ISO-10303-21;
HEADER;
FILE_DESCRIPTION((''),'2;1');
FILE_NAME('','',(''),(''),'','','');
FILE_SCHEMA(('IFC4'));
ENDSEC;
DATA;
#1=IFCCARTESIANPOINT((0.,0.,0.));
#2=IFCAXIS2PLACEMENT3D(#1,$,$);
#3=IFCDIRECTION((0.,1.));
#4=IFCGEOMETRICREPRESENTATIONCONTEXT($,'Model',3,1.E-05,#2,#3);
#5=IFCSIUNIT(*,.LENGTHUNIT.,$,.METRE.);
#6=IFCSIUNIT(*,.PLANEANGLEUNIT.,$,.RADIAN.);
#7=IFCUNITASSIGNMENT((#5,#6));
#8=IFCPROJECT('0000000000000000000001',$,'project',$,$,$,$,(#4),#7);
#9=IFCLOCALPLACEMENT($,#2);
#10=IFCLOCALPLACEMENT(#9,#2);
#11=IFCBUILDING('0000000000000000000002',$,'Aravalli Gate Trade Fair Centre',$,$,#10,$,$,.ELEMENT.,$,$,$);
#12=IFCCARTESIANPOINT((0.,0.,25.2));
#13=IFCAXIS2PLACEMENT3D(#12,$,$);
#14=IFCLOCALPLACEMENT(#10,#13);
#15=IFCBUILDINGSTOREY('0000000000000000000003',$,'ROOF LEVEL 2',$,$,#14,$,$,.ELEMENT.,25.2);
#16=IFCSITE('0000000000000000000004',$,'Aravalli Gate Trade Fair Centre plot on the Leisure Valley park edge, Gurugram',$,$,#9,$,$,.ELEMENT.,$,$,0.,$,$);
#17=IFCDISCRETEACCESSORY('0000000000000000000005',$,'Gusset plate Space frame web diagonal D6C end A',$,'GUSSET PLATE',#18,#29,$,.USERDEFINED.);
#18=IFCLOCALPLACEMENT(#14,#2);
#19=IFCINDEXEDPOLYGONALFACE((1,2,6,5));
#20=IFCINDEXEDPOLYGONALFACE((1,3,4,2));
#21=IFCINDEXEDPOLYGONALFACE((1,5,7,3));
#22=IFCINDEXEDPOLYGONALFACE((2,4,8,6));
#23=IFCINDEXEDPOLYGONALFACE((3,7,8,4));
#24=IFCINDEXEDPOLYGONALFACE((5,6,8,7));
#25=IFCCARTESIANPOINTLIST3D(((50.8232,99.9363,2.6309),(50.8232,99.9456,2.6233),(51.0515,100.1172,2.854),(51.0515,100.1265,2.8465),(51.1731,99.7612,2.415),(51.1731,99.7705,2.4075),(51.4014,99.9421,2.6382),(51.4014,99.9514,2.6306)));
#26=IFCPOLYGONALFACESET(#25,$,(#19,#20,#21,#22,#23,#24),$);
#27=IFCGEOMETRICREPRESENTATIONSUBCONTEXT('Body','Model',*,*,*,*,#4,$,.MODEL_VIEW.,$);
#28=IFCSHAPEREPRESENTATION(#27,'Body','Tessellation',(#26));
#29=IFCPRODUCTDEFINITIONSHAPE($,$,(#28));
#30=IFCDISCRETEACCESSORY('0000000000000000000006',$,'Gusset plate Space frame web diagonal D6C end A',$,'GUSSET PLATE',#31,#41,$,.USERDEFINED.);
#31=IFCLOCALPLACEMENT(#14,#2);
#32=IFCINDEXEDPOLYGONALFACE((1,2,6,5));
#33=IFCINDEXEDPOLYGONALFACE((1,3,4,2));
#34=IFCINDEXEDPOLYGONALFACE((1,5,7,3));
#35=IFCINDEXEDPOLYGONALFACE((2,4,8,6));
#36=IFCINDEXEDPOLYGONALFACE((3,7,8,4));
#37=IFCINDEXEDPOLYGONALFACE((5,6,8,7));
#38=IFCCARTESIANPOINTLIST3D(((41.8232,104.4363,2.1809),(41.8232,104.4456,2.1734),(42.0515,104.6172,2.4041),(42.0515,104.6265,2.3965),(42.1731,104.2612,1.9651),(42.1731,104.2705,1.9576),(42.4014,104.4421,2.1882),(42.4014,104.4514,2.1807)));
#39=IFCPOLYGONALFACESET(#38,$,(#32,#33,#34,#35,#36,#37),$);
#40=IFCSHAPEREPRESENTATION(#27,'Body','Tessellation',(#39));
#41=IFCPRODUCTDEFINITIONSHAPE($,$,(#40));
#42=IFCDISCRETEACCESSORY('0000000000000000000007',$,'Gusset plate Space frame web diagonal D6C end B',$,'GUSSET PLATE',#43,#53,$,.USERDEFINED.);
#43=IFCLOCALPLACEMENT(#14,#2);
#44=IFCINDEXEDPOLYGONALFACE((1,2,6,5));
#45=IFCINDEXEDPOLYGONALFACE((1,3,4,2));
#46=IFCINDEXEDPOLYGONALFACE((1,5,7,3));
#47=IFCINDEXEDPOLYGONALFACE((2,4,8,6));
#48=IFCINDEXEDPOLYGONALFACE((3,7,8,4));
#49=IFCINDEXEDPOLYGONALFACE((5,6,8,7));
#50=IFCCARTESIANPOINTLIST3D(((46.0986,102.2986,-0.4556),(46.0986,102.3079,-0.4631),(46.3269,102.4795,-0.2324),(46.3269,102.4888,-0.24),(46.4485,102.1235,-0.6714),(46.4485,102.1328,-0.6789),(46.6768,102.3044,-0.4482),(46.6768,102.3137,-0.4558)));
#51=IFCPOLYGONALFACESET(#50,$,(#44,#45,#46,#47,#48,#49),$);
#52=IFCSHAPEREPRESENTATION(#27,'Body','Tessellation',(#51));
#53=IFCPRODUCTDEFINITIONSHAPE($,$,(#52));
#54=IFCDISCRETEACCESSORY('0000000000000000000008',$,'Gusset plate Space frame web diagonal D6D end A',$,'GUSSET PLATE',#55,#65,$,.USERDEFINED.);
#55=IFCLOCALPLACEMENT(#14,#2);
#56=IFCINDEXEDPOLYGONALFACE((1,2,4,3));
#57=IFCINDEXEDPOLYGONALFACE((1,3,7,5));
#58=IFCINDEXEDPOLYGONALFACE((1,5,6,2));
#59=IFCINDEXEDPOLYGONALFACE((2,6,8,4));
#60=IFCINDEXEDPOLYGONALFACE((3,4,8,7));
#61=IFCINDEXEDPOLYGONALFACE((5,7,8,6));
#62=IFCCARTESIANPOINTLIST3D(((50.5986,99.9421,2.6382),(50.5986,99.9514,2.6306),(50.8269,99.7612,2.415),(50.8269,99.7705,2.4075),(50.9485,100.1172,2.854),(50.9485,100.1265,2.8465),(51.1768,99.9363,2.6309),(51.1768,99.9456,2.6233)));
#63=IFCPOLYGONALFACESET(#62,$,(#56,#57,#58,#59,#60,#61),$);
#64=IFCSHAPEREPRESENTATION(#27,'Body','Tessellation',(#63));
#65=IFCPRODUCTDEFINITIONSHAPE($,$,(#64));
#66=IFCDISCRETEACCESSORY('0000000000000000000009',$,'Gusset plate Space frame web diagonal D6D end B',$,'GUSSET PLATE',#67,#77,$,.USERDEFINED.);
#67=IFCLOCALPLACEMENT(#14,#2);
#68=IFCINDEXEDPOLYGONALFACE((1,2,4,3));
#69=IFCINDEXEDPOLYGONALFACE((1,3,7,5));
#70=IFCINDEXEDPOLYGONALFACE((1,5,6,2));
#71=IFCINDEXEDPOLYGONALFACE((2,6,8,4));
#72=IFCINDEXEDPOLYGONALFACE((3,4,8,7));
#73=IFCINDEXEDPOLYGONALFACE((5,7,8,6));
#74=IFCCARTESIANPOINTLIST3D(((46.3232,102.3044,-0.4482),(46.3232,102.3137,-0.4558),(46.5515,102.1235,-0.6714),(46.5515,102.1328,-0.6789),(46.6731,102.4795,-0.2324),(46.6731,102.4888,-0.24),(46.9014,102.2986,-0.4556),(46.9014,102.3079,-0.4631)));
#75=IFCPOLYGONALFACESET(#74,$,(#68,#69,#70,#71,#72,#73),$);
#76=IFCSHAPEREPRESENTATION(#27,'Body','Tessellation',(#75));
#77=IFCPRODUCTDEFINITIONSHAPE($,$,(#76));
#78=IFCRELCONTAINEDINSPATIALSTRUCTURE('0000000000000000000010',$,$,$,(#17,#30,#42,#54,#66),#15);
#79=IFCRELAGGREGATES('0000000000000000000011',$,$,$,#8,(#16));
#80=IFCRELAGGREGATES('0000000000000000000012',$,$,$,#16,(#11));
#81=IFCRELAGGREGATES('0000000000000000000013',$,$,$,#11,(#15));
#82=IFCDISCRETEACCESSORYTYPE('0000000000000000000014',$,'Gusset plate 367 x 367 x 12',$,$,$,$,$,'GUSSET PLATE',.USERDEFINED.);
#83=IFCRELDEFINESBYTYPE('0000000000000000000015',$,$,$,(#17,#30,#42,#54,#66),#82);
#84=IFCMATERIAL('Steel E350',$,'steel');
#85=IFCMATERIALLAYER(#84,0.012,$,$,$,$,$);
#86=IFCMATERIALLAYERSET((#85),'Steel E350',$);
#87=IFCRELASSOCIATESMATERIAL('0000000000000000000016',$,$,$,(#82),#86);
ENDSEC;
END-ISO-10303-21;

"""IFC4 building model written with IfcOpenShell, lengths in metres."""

from ifc_helpers import new_model, si_unit, direction, frame, origin, place, context, subcontext, project, spatial, polyline, outline, extrude, material, layer, layer_set, type_object, element, save


model = new_model("IFC4")

# Units and contexts
model_context = context("Model", 3, precision=1e-05, world=origin(), true_north=direction((0.0, 1.0)))
body_context = subcontext(model_context, "Body", "Model", "MODEL_VIEW")
ifc_project = project(units=[si_unit("LENGTHUNIT", "METRE"), si_unit("PLANEANGLEUNIT", "RADIAN")], contexts=[model_context])

# Site, building, storey
site_placement = place(None, origin())
site = spatial("IfcSite", under=ifc_project, at=site_placement, Name="Aravalli Gate Trade Fair Centre plot on the Leisure Valley park edge, Gurugram", CompositionType="ELEMENT", RefElevation=0.0)
building_placement = place(site_placement, origin())
building = spatial("IfcBuilding", under=site, at=building_placement, Name="Aravalli Gate Trade Fair Centre", CompositionType="ELEMENT")
storey_placement = place(building_placement, frame((0.0, 0.0, 25.2)))
storey = spatial("IfcBuildingStorey", under=building, at=storey_placement, Name="ROOF LEVEL 2", CompositionType="ELEMENT", Elevation=25.2)

# Shared definitions
ifc_material = material(Name="Steel E350", Category="steel")

# Discrete accessories
ifc_layer = layer(ifc_material, 0.012)
ifc_layer_set = layer_set([ifc_layer], Name="Steel E350")
discrete_accessory_type = type_object("IfcDiscreteAccessoryType", Name="Gusset plate 367 x 367 x 12", ElementType="GUSSET PLATE", PredefinedType="USERDEFINED", material=ifc_layer_set)
for number, where, z_axis, x_axis, name in (
    (1, (51.1731, 99.7612, 2.415), (-0.000107, -0.776736, 0.629826), (-0.783044, 0.391795, 0.48305), "Gusset plate Space frame web diagonal D6C end A"),
    (2, (42.1731, 104.2612, 1.9651), (-0.000107, -0.776736, 0.629826), (-0.783044, 0.391795, 0.48305), "Gusset plate Space frame web diagonal D6C end A"),
):
    element("IfcDiscreteAccessory", number, at=place(storey_placement, frame(where, z_axis=z_axis, x_axis=x_axis)), inside=storey, type_object=discrete_accessory_type, Name=name, ObjectType="GUSSET PLATE", PredefinedType="USERDEFINED", context=body_context, shape_type="SweptSolid", body=[
        extrude(outline(polyline([(0.0, 0.0), (0.4468, 0.0), (0.4467, -0.3669), (-0.0001, -0.3669), (0.0, 0.0)])), origin(), (0.0, 0.0, -1.0), 0.012),
    ])
discrete_accessory_1_placement = place(storey_placement, frame((46.0986, 102.2986, -0.4556), z_axis=(-0.000107, -0.776736, 0.629826), x_axis=(0.783044, -0.391795, -0.48305)))
element("IfcDiscreteAccessory", 3, at=discrete_accessory_1_placement, inside=storey, type_object=discrete_accessory_type, Name="Gusset plate Space frame web diagonal D6C end B", ObjectType="GUSSET PLATE", PredefinedType="USERDEFINED", context=body_context, shape_type="SweptSolid", body=[
    extrude(outline(polyline([(0.0, 0.0), (0.4468, 0.0), (0.4469, 0.3669), (0.0001, 0.3669), (0.0, 0.0)])), origin(), (0.0, 0.0, -1.0), 0.012),
])
discrete_accessory_2_placement = place(storey_placement, frame((50.5986, 99.9421, 2.6382), z_axis=(0.000107, -0.776736, 0.629826), x_axis=(0.783044, 0.391795, 0.48305)))
element("IfcDiscreteAccessory", 4, at=discrete_accessory_2_placement, inside=storey, type_object=discrete_accessory_type, Name="Gusset plate Space frame web diagonal D6D end A", ObjectType="GUSSET PLATE", PredefinedType="USERDEFINED", context=body_context, shape_type="SweptSolid", body=[
    extrude(outline(polyline([(0.0, 0.0), (0.4468, 0.0), (0.4469, -0.3669), (0.0001, -0.3669), (0.0, 0.0)])), origin(), (0.0, 0.0, -1.0), 0.012),
])
discrete_accessory_3_placement = place(storey_placement, frame((46.6731, 102.4795, -0.2324), z_axis=(0.000107, -0.776736, 0.629826), x_axis=(-0.783044, -0.391795, -0.48305)))
element("IfcDiscreteAccessory", 5, at=discrete_accessory_3_placement, inside=storey, type_object=discrete_accessory_type, Name="Gusset plate Space frame web diagonal D6D end B", ObjectType="GUSSET PLATE", PredefinedType="USERDEFINED", context=body_context, shape_type="SweptSolid", body=[
    extrude(outline(polyline([(0.0, 0.0), (0.4468, 0.0), (0.4467, 0.3669), (-0.0001, 0.3669), (0.0, 0.0)])), origin(), (0.0, 0.0, -1.0), 0.012),
])

save(model, "model.ifc")
